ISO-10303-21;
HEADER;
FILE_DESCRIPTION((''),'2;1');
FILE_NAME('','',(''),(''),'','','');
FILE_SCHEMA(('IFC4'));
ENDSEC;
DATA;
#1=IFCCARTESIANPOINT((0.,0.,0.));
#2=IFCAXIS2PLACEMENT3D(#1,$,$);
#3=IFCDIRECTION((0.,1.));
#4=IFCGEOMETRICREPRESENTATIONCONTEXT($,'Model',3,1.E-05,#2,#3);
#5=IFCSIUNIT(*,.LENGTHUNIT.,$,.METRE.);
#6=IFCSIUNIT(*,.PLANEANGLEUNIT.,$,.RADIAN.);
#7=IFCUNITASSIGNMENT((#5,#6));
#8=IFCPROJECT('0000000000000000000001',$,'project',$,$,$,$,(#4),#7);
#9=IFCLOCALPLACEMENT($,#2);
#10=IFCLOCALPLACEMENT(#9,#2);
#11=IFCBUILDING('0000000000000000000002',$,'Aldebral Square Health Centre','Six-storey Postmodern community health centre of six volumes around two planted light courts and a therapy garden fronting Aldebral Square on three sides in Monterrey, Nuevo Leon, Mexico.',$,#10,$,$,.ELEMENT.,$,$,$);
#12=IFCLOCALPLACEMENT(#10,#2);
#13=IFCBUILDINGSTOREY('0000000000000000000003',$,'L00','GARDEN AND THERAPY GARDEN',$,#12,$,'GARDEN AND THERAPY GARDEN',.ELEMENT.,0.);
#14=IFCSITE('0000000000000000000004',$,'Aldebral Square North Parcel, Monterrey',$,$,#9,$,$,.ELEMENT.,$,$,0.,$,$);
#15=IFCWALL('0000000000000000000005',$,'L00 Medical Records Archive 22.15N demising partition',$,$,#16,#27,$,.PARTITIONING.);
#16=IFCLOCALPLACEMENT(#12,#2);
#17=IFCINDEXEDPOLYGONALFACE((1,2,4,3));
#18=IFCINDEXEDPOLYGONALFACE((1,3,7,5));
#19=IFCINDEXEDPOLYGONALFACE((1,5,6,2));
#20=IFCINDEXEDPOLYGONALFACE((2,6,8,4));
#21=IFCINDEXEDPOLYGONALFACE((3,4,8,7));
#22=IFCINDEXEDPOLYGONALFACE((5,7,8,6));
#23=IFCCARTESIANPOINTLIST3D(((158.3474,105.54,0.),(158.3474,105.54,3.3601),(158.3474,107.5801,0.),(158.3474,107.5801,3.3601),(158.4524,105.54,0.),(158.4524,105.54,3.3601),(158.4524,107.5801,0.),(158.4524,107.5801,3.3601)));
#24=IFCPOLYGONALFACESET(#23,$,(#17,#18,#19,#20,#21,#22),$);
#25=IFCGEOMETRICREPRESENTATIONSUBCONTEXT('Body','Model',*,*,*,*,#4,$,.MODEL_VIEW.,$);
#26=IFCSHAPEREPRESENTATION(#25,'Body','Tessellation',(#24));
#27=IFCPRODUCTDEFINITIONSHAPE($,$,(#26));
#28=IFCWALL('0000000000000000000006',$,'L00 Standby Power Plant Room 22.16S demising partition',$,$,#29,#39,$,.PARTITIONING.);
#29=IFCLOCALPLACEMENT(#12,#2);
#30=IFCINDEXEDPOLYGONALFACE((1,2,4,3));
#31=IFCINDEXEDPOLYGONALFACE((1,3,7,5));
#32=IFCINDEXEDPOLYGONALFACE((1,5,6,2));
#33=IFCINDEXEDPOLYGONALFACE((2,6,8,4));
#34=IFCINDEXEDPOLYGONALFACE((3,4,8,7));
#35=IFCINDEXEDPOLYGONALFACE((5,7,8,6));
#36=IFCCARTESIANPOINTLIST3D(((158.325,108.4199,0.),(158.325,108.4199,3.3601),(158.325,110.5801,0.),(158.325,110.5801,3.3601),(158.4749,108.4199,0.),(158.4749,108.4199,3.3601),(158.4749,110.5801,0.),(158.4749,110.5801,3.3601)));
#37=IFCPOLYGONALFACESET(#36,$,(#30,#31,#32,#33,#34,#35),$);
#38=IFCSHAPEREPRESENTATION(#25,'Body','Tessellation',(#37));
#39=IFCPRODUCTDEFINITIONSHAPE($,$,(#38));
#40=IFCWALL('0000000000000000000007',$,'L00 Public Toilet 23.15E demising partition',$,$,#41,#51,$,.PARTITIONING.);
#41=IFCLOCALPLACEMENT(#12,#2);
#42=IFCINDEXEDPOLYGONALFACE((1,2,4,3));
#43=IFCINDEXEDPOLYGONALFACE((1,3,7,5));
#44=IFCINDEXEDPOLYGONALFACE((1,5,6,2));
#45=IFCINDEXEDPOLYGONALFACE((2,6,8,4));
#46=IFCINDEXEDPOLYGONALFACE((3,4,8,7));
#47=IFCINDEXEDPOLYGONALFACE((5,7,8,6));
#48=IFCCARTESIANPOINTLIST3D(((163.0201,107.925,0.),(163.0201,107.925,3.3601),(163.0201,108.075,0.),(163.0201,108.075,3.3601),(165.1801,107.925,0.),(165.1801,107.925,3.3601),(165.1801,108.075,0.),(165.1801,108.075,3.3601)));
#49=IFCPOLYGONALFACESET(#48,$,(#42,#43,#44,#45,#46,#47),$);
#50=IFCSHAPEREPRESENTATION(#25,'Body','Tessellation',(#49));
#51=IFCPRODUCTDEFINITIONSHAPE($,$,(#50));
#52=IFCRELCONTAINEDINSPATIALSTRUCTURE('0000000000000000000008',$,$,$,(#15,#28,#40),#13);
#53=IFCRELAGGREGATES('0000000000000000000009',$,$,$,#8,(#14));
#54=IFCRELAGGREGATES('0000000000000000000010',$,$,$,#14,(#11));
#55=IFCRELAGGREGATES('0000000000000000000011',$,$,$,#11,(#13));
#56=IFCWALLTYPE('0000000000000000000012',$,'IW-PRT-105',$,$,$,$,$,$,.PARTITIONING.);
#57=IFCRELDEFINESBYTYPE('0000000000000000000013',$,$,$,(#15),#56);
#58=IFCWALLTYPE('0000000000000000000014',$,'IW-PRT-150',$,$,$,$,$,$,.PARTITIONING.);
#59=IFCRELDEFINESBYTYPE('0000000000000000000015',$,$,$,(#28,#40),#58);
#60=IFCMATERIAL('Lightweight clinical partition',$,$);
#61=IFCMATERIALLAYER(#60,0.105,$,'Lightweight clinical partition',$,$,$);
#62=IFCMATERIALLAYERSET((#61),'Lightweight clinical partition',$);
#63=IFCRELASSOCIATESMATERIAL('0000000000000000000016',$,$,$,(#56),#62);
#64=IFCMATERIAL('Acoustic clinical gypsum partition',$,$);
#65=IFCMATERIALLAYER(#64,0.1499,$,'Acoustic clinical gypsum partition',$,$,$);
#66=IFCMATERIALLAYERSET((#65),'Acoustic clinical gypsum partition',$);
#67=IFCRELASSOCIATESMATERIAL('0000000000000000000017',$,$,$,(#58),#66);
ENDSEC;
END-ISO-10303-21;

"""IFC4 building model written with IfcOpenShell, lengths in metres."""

from ifc_helpers import new_model, si_unit, direction, frame, frame_2d, origin, place, context, subcontext, project, spatial, rectangle, extrude, material, layer, layer_set, type_object, element, save


model = new_model("IFC4")

# Units and contexts
model_context = context("Model", 3, precision=1e-05, world=origin(), true_north=direction((0.0, 1.0)))
body_context = subcontext(model_context, "Body", "Model", "MODEL_VIEW")
ifc_project = project(units=[si_unit("LENGTHUNIT", "METRE"), si_unit("PLANEANGLEUNIT", "RADIAN")], contexts=[model_context])

# Site, building, storey
site_placement = place(None, origin())
site = spatial("IfcSite", under=ifc_project, at=site_placement, Name="Aldebral Square North Parcel, Monterrey", CompositionType="ELEMENT", RefElevation=0.0)
building_placement = place(site_placement, origin())
building = spatial("IfcBuilding", under=site, at=building_placement, Name="Aldebral Square Health Centre", Description="Six-storey Postmodern community health centre of six volumes around two planted light courts and a therapy garden fronting Aldebral Square on three sides in Monterrey, Nuevo Leon, Mexico.", CompositionType="ELEMENT")
storey_placement = place(building_placement, origin())
storey = spatial("IfcBuildingStorey", under=building, at=storey_placement, Name="L00", Description="GARDEN AND THERAPY GARDEN", LongName="GARDEN AND THERAPY GARDEN", CompositionType="ELEMENT", Elevation=0.0)

# Walls
ifc_material_1 = material(Name="Lightweight clinical partition")
ifc_layer_1 = layer(ifc_material_1, 0.105, Name="Lightweight clinical partition")
ifc_layer_set_1 = layer_set([ifc_layer_1], Name="Lightweight clinical partition")
wall_type_1 = type_object("IfcWallType", Name="IW-PRT-105", PredefinedType="PARTITIONING", material=ifc_layer_set_1)
wall_1_placement = place(storey_placement, frame((158.3999, 105.54, 0.0), z_axis=(0.0, 0.0, 1.0), x_axis=(0.0, 1.0, 0.0)))
element("IfcWall", 1, at=wall_1_placement, inside=storey, type_object=wall_type_1, Name="L00 Medical Records Archive 22.15N demising partition", PredefinedType="PARTITIONING", context=body_context, shape_type="SweptSolid", body=[
    extrude(rectangle(XDim=2.04, YDim=0.105, at=frame_2d((1.02, 0.0))), origin(), (0.0, 0.0, 1.0), 3.3601),
])
ifc_material_2 = material(Name="Acoustic clinical gypsum partition")
ifc_layer_2 = layer(ifc_material_2, 0.1499, Name="Acoustic clinical gypsum partition")
ifc_layer_set_2 = layer_set([ifc_layer_2], Name="Acoustic clinical gypsum partition")
wall_type_2 = type_object("IfcWallType", Name="IW-PRT-150", PredefinedType="PARTITIONING", material=ifc_layer_set_2)
wall_2_placement = place(storey_placement, frame((158.3999, 108.4199, 0.0), z_axis=(0.0, 0.0, 1.0), x_axis=(0.0, 1.0, 0.0)))
element("IfcWall", 2, at=wall_2_placement, inside=storey, type_object=wall_type_2, Name="L00 Standby Power Plant Room 22.16S demising partition", PredefinedType="PARTITIONING", context=body_context, shape_type="SweptSolid", body=[
    extrude(rectangle(XDim=2.1602, YDim=0.1499, at=frame_2d((1.0801, 0.0))), origin(), (0.0, 0.0, 1.0), 3.3601),
])
wall_3_placement = place(storey_placement, frame((163.02, 108.0, 0.0), z_axis=(0.0, 0.0, 1.0), x_axis=(1.0, 0.0, 0.0)))
element("IfcWall", 3, at=wall_3_placement, inside=storey, type_object=wall_type_2, Name="L00 Public Toilet 23.15E demising partition", PredefinedType="PARTITIONING", context=body_context, shape_type="SweptSolid", body=[
    extrude(rectangle(XDim=2.1599, YDim=0.1499, at=frame_2d((1.0801, 0.0))), origin(), (0.0, 0.0, 1.0), 3.3601),
])

save(model, "model.ifc")
